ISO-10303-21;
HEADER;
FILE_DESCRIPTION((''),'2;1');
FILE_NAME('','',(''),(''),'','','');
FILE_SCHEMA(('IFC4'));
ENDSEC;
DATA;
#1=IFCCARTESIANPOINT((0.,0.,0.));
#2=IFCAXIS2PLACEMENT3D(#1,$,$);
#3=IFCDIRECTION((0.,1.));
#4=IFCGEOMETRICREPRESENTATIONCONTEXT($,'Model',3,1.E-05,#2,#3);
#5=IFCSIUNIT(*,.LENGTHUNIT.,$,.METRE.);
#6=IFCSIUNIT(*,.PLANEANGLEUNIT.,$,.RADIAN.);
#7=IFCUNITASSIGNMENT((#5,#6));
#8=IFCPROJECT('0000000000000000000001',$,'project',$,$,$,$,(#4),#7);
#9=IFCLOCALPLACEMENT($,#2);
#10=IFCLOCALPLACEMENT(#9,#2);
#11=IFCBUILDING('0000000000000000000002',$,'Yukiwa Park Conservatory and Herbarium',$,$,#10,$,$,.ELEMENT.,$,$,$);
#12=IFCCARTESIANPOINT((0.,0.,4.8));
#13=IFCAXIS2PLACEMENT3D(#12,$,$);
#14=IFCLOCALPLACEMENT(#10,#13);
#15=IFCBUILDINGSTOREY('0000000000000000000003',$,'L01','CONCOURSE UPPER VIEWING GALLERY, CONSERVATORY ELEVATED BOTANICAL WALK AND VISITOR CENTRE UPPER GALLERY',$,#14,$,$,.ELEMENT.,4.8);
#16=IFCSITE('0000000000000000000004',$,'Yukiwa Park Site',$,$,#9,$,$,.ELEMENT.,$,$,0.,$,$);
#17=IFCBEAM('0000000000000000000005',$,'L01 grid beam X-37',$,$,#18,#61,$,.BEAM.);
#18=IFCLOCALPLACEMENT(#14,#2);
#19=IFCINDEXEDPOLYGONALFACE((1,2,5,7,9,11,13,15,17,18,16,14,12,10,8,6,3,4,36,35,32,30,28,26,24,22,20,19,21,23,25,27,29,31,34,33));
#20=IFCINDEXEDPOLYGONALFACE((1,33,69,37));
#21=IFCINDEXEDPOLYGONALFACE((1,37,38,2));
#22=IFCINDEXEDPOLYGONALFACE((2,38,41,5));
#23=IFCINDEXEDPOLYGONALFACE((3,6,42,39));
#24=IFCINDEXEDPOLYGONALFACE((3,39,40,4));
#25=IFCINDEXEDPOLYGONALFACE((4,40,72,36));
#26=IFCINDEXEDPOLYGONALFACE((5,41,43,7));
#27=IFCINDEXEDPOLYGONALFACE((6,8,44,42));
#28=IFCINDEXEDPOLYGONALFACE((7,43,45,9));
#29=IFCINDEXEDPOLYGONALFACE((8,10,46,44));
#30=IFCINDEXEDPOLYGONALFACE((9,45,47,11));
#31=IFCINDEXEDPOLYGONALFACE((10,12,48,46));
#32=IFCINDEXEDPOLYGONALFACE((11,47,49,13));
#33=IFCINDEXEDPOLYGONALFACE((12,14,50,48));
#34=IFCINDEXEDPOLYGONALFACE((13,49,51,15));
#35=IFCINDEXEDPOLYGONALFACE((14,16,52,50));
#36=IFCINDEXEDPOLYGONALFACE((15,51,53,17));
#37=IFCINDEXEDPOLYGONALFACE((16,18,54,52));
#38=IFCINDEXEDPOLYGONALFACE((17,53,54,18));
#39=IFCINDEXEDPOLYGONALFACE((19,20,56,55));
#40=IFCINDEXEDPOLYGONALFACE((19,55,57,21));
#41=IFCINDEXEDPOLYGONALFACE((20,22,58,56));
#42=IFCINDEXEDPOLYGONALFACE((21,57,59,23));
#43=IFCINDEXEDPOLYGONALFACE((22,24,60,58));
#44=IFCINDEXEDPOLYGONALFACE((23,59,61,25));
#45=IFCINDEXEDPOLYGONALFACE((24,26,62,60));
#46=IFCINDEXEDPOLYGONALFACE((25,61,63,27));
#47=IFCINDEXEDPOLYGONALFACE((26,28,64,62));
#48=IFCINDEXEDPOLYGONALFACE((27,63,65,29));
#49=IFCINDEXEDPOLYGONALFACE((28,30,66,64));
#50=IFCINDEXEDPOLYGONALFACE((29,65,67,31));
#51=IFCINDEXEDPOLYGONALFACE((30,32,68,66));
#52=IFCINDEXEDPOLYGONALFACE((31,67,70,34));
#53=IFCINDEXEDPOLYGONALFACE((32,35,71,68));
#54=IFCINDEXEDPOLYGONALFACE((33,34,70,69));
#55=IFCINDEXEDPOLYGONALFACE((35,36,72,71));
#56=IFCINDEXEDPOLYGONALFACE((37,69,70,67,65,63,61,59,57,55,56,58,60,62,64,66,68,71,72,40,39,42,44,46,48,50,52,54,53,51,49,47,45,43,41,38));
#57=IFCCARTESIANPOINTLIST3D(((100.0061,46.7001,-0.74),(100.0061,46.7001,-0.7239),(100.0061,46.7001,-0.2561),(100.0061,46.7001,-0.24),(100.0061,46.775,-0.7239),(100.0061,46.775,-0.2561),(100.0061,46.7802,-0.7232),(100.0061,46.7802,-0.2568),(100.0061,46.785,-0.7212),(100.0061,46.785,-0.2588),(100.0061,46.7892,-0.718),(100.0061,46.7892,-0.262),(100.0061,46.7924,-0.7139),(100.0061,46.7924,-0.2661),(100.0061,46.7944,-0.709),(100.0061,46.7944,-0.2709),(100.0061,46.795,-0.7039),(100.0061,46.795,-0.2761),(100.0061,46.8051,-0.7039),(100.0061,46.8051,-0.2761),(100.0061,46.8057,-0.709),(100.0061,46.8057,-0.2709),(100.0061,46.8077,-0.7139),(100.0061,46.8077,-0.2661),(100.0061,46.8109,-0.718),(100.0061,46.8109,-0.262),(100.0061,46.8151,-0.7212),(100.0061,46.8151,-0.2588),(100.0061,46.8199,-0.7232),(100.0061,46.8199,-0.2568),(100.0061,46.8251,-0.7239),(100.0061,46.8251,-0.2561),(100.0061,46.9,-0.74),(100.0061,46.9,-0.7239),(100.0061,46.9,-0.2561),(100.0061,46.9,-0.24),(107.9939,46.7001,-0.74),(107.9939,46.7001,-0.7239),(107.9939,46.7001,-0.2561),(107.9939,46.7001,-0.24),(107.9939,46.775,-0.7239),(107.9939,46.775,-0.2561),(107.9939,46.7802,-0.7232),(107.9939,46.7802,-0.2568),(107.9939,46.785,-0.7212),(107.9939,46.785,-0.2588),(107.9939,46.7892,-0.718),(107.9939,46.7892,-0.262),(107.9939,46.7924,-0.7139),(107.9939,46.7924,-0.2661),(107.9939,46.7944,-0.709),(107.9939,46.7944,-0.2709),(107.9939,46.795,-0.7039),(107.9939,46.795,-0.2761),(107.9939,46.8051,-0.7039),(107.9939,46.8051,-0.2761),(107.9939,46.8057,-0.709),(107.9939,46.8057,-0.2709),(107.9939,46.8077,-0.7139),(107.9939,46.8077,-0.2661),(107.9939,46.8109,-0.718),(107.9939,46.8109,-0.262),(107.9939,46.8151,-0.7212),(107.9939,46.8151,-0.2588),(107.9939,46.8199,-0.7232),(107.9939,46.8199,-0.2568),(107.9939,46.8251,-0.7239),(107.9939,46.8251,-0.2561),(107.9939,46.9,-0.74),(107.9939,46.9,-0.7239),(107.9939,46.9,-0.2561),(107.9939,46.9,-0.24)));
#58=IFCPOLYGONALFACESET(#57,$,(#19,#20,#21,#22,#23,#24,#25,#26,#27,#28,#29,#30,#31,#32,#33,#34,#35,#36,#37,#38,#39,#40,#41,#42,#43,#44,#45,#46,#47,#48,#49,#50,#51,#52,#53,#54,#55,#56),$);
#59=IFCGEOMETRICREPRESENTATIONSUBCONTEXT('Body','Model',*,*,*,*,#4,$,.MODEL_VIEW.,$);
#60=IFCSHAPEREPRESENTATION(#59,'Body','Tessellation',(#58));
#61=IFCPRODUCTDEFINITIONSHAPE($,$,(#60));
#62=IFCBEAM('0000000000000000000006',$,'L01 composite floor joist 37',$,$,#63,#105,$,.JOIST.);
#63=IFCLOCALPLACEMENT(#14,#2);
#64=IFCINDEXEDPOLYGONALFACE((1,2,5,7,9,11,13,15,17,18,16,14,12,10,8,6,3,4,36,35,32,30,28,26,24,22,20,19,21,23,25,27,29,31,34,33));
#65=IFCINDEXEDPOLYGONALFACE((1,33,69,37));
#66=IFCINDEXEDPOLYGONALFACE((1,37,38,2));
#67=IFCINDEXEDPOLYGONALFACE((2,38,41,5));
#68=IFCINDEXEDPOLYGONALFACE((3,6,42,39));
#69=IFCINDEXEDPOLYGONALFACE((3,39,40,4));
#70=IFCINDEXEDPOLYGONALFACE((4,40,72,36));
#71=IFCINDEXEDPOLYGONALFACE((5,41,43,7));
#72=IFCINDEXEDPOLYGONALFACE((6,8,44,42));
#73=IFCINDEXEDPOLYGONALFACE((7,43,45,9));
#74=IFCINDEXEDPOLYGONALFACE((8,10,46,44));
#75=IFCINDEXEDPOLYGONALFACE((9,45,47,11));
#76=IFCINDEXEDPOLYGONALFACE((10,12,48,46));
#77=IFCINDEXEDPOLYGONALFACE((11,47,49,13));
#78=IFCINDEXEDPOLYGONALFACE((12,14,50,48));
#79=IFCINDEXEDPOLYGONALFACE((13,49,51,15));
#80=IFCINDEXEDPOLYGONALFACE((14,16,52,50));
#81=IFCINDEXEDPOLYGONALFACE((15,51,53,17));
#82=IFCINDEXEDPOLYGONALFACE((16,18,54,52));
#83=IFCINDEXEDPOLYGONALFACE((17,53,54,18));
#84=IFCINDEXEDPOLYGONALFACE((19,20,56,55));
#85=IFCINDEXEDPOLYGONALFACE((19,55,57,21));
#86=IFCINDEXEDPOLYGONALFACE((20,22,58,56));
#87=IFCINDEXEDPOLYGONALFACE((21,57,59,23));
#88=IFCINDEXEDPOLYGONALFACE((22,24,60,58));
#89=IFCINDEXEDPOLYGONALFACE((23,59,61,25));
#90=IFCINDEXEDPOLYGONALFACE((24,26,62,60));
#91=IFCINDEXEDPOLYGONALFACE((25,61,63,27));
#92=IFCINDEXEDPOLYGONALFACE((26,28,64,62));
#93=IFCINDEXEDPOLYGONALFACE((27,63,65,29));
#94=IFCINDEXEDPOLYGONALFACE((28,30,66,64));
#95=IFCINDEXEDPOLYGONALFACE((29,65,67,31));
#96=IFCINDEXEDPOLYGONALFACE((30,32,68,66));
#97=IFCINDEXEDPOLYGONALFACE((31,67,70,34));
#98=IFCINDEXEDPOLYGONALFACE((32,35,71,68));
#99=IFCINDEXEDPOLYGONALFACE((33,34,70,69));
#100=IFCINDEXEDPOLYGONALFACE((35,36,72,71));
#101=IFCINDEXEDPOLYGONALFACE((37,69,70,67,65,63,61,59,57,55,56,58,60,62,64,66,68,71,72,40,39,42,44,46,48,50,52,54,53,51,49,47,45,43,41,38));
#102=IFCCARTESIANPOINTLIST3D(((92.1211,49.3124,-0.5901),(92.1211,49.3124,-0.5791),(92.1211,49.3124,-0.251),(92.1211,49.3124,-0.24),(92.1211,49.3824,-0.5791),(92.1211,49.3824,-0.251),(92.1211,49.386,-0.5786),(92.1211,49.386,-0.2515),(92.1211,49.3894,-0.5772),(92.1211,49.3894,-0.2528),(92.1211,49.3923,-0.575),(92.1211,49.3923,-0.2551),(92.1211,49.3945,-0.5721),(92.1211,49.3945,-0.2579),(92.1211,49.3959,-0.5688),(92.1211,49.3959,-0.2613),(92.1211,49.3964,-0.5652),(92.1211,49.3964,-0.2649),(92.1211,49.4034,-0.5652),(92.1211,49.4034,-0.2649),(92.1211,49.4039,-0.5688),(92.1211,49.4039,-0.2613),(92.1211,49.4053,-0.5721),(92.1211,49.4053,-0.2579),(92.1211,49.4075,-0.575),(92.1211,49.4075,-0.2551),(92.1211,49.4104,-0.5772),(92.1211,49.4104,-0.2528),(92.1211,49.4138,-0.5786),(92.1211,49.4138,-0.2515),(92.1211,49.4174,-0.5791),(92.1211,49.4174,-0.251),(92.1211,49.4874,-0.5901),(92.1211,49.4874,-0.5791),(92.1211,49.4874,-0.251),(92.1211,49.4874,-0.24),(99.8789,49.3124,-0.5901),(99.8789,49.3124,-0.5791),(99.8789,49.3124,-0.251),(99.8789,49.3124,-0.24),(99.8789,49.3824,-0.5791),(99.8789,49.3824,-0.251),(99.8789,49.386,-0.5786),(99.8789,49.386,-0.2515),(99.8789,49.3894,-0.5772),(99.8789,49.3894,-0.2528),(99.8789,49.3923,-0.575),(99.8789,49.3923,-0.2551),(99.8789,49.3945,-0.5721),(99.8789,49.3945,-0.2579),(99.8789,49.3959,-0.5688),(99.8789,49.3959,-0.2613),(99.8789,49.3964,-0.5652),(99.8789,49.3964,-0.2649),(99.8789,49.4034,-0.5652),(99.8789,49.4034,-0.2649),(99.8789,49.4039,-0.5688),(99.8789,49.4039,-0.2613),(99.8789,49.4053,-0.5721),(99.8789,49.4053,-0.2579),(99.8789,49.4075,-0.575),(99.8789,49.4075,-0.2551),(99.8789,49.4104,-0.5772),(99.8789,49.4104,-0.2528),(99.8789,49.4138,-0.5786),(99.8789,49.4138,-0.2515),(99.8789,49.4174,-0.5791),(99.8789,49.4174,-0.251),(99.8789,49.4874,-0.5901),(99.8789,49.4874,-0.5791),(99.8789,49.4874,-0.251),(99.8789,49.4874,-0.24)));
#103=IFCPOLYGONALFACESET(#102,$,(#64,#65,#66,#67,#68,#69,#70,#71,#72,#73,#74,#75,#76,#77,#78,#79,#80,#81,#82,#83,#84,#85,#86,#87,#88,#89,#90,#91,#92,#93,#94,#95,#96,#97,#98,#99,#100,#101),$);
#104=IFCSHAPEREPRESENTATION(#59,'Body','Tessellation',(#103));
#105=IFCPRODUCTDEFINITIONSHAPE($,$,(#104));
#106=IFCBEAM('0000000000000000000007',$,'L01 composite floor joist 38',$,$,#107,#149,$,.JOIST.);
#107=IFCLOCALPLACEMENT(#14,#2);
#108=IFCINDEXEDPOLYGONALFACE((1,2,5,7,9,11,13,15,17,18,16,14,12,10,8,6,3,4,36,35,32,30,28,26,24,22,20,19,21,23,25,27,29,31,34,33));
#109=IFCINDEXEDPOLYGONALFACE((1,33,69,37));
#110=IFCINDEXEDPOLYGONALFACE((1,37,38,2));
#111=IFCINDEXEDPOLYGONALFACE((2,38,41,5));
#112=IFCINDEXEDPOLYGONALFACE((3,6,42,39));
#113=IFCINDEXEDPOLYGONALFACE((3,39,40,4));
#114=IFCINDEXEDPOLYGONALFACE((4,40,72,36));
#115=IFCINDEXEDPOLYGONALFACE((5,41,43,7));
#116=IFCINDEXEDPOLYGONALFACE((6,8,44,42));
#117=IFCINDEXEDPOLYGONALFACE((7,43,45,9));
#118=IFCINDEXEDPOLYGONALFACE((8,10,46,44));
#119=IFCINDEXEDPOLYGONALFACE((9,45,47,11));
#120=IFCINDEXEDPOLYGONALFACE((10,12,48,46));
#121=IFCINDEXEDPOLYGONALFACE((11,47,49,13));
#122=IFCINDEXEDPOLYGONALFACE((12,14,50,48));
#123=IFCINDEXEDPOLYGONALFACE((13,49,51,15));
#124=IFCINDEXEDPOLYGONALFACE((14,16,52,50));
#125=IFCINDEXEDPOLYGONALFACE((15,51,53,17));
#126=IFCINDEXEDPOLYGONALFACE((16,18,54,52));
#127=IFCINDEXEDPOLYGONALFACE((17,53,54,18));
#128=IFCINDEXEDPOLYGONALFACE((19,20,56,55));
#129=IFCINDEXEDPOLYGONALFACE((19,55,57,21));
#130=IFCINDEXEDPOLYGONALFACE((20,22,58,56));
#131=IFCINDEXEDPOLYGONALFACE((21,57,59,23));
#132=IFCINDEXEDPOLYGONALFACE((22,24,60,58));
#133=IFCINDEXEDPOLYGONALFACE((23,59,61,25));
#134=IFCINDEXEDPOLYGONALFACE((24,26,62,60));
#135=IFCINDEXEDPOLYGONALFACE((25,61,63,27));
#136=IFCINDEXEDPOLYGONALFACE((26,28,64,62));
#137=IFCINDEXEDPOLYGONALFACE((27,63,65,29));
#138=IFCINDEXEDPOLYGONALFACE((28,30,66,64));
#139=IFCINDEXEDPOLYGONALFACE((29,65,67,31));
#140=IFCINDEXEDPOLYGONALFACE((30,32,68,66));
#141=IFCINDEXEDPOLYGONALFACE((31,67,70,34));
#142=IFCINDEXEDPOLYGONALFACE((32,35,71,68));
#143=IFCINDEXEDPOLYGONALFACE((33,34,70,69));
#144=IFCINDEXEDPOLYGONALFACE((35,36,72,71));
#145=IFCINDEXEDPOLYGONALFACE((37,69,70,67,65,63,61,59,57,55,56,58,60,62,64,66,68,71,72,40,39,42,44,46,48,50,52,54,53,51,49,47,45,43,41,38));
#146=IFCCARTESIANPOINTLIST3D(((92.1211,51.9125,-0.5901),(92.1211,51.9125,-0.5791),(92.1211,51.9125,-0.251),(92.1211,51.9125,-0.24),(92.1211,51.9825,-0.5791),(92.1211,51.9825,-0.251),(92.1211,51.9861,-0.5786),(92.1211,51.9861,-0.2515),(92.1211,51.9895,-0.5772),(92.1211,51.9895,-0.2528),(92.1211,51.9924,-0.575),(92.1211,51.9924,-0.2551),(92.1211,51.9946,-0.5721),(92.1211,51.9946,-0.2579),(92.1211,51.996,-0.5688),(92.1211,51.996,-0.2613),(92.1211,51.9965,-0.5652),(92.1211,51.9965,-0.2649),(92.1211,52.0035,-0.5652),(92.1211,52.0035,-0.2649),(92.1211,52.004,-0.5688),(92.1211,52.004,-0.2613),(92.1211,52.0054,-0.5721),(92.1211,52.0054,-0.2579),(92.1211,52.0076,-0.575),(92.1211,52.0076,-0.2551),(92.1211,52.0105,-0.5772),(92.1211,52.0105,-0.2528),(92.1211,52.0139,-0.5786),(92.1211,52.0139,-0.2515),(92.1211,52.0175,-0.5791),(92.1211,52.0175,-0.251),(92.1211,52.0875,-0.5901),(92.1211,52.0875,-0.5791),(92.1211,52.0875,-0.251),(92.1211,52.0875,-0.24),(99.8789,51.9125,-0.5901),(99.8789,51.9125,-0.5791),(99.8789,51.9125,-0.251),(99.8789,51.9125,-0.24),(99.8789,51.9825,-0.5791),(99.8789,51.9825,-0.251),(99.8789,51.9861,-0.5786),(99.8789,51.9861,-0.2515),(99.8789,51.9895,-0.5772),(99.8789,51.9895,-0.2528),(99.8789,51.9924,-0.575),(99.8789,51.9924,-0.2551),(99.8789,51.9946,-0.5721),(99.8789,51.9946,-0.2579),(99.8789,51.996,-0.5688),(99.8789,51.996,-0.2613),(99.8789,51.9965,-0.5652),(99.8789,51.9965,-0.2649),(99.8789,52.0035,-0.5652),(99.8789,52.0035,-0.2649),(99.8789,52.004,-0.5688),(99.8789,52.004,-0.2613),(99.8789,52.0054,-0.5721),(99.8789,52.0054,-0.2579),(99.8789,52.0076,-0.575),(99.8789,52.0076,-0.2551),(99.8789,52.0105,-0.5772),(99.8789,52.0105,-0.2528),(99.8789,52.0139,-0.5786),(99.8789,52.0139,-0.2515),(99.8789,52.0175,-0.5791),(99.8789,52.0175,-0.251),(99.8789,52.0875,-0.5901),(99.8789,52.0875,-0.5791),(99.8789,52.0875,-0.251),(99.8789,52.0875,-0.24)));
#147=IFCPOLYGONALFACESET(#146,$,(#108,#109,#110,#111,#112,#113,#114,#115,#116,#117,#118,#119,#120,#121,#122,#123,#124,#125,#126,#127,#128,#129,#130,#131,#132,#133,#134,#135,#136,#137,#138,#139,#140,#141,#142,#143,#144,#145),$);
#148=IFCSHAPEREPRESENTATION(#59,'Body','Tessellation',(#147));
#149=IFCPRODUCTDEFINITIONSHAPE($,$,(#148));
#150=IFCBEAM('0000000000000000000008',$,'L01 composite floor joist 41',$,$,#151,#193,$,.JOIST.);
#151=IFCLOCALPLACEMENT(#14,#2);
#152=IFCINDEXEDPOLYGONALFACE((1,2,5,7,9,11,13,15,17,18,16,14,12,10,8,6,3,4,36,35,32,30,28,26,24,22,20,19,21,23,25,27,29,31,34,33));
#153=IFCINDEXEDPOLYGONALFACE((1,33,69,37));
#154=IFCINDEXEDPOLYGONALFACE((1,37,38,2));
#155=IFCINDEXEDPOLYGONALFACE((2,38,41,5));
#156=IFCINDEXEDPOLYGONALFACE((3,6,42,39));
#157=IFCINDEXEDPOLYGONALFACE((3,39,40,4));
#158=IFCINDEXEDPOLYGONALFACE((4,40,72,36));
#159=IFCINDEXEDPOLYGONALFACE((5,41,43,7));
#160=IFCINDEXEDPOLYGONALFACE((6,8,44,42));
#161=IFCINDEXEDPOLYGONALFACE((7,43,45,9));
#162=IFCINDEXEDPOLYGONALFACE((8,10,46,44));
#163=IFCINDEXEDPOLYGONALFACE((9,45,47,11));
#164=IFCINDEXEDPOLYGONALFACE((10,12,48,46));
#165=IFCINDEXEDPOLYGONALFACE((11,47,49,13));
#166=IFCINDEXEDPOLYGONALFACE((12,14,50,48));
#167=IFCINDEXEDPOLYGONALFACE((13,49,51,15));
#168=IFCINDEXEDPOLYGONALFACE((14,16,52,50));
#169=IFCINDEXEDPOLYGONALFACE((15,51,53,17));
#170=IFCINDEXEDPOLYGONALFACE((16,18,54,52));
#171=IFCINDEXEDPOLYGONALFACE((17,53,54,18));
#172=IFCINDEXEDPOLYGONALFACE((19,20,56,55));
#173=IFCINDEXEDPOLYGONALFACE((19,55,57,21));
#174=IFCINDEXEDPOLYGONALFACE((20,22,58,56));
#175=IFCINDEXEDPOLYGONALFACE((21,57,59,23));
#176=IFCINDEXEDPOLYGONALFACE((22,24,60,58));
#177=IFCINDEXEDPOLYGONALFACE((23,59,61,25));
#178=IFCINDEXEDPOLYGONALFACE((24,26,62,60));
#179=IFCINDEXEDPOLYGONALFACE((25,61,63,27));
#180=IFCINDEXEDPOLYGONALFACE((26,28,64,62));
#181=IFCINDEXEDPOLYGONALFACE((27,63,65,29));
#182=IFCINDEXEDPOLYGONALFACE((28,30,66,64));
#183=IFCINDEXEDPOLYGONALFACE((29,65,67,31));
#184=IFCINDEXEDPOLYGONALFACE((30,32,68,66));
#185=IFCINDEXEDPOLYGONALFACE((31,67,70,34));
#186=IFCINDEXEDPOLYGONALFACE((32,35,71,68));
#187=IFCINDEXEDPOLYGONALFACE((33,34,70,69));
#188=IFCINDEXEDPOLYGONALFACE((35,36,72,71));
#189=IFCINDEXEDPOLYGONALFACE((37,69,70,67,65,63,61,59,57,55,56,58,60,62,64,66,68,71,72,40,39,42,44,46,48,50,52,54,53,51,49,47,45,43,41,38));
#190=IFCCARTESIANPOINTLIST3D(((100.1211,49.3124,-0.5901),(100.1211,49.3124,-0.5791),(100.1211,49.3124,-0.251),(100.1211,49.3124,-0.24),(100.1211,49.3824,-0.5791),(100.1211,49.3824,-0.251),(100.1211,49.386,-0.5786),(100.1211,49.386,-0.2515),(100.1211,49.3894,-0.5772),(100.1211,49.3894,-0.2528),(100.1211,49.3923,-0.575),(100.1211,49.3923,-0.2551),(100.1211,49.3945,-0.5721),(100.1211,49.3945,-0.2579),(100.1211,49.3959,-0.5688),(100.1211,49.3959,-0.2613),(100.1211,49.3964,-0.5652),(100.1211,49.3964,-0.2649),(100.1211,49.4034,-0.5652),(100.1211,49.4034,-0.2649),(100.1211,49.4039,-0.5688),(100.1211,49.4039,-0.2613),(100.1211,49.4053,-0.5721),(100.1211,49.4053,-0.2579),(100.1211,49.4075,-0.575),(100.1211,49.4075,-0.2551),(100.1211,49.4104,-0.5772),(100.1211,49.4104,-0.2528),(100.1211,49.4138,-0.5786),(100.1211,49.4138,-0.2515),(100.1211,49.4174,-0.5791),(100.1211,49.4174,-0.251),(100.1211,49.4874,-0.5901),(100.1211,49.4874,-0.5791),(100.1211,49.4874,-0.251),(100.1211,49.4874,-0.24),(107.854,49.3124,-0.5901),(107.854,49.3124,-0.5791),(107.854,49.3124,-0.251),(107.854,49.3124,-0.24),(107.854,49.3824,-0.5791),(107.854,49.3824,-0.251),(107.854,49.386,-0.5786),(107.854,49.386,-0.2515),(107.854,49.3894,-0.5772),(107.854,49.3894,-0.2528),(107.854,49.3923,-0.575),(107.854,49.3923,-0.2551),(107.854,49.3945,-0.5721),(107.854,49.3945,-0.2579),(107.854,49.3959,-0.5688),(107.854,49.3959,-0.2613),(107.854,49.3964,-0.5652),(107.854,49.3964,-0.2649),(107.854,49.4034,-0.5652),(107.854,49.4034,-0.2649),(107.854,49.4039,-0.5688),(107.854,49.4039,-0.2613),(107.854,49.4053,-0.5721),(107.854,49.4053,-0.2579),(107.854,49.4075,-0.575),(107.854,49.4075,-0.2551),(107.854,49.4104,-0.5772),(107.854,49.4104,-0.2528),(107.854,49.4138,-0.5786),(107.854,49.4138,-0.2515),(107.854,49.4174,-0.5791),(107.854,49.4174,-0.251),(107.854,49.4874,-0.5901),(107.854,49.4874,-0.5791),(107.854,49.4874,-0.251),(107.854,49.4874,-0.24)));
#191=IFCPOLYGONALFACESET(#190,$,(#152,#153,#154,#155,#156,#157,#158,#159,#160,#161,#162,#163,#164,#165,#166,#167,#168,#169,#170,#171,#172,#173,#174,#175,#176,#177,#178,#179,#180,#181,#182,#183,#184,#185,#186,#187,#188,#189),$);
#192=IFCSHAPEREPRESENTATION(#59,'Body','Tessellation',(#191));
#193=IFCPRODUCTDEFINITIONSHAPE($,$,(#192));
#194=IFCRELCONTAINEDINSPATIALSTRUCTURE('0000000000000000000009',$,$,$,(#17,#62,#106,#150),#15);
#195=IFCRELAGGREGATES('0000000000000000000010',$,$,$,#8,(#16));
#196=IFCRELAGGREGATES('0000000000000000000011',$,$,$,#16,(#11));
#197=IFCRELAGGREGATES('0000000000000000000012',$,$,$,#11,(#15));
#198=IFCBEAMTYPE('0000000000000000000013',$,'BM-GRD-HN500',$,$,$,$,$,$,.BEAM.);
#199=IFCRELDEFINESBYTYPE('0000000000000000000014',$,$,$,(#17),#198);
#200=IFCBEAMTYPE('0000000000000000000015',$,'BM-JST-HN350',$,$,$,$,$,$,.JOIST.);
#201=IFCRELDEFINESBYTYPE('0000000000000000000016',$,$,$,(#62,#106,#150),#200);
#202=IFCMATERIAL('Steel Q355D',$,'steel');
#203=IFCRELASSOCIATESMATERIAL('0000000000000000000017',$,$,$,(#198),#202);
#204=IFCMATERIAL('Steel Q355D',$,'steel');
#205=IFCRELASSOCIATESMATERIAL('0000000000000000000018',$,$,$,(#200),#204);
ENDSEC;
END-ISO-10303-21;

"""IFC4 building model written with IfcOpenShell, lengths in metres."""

from ifc_helpers import new_model, si_unit, direction, frame, origin, origin_2d, place, context, subcontext, project, spatial, i_section, extrude, material, material_profile, profile_set, type_object, element, save


model = new_model("IFC4")

# Units and contexts
model_context = context("Model", 3, precision=1e-05, world=origin(), true_north=direction((0.0, 1.0)))
body_context = subcontext(model_context, "Body", "Model", "MODEL_VIEW")
ifc_project = project(units=[si_unit("LENGTHUNIT", "METRE"), si_unit("PLANEANGLEUNIT", "RADIAN")], contexts=[model_context])

# Site, building, storey
site_placement = place(None, origin())
site = spatial("IfcSite", under=ifc_project, at=site_placement, Name="Yukiwa Park Site", CompositionType="ELEMENT", RefElevation=0.0)
building_placement = place(site_placement, origin())
building = spatial("IfcBuilding", under=site, at=building_placement, Name="Yukiwa Park Conservatory and Herbarium", CompositionType="ELEMENT")
storey_placement = place(building_placement, frame((0.0, 0.0, 4.8)))
storey = spatial("IfcBuildingStorey", under=building, at=storey_placement, Name="L01", Description="CONCOURSE UPPER VIEWING GALLERY, CONSERVATORY ELEVATED BOTANICAL WALK AND VISITOR CENTRE UPPER GALLERY", CompositionType="ELEMENT", Elevation=4.8)

# Beams
ifc_material_1 = material(Name="Steel Q355D", Category="steel")
ifc_material_profile_1 = material_profile(ifc_material_1, i_section(OverallWidth=0.2, OverallDepth=0.5, WebThickness=0.01, FlangeThickness=0.0161, FilletRadius=0.02, at=origin_2d()), Name="HN 500x200x10x16")
ifc_profile_set_1 = profile_set([ifc_material_profile_1], Name="Steel Q355D")
beam_type_1 = type_object("IfcBeamType", Name="BM-GRD-HN500", PredefinedType="BEAM", material=ifc_profile_set_1)
for number, where, z_axis, x_axis, name in (
    (1, (100.0061, 46.8, -0.49), (1.0, 0.0, 0.0), (0.0, 1.0, 0.0), "L01 grid beam X-37"),
):
    element("IfcBeam", number, at=place(storey_placement, frame(where, z_axis=z_axis, x_axis=x_axis)), inside=storey, type_object=beam_type_1, Name=name, PredefinedType="BEAM", context=body_context, shape_type="SweptSolid", body=[
        extrude(i_section(OverallWidth=0.2, OverallDepth=0.5, WebThickness=0.01, FlangeThickness=0.0161, FilletRadius=0.02, at=origin_2d()), origin(), (0.0, 0.0, 1.0), 7.9878),
    ])
ifc_material_2 = material(Name="Steel Q355D", Category="steel")
ifc_material_profile_2 = material_profile(ifc_material_2, i_section(OverallWidth=0.175, OverallDepth=0.3501, WebThickness=0.0071, FlangeThickness=0.011, FilletRadius=0.0139, at=origin_2d()), Name="HN 350x175x7x11")
ifc_profile_set_2 = profile_set([ifc_material_profile_2], Name="Steel Q355D")
beam_type_2 = type_object("IfcBeamType", Name="BM-JST-HN350", PredefinedType="JOIST", material=ifc_profile_set_2)
for number, where, z_axis, x_axis, name in (
    (2, (92.1211, 49.3999, -0.415), (1.0, 0.0, 0.0), (0.0, 1.0, 0.0), "L01 composite floor joist 37"),
    (3, (92.1211, 52.0, -0.415), (1.0, 0.0, 0.0), (0.0, 1.0, 0.0), "L01 composite floor joist 38"),
):
    element("IfcBeam", number, at=place(storey_placement, frame(where, z_axis=z_axis, x_axis=x_axis)), inside=storey, type_object=beam_type_2, Name=name, PredefinedType="JOIST", context=body_context, shape_type="SweptSolid", body=[
        extrude(i_section(OverallWidth=0.175, OverallDepth=0.3501, WebThickness=0.0071, FlangeThickness=0.011, FilletRadius=0.0139, at=origin_2d()), origin(), (0.0, 0.0, 1.0), 7.7578),
    ])
beam_1_placement = place(storey_placement, frame((100.1211, 49.3999, -0.415), z_axis=(1.0, 0.0, 0.0), x_axis=(0.0, 1.0, 0.0)))
element("IfcBeam", 4, at=beam_1_placement, inside=storey, type_object=beam_type_2, Name="L01 composite floor joist 41", PredefinedType="JOIST", context=body_context, shape_type="SweptSolid", body=[
    extrude(i_section(OverallWidth=0.175, OverallDepth=0.3501, WebThickness=0.0071, FlangeThickness=0.011, FilletRadius=0.0139, at=origin_2d()), origin(), (0.0, 0.0, 1.0), 7.7329),
])

save(model, "model.ifc")
